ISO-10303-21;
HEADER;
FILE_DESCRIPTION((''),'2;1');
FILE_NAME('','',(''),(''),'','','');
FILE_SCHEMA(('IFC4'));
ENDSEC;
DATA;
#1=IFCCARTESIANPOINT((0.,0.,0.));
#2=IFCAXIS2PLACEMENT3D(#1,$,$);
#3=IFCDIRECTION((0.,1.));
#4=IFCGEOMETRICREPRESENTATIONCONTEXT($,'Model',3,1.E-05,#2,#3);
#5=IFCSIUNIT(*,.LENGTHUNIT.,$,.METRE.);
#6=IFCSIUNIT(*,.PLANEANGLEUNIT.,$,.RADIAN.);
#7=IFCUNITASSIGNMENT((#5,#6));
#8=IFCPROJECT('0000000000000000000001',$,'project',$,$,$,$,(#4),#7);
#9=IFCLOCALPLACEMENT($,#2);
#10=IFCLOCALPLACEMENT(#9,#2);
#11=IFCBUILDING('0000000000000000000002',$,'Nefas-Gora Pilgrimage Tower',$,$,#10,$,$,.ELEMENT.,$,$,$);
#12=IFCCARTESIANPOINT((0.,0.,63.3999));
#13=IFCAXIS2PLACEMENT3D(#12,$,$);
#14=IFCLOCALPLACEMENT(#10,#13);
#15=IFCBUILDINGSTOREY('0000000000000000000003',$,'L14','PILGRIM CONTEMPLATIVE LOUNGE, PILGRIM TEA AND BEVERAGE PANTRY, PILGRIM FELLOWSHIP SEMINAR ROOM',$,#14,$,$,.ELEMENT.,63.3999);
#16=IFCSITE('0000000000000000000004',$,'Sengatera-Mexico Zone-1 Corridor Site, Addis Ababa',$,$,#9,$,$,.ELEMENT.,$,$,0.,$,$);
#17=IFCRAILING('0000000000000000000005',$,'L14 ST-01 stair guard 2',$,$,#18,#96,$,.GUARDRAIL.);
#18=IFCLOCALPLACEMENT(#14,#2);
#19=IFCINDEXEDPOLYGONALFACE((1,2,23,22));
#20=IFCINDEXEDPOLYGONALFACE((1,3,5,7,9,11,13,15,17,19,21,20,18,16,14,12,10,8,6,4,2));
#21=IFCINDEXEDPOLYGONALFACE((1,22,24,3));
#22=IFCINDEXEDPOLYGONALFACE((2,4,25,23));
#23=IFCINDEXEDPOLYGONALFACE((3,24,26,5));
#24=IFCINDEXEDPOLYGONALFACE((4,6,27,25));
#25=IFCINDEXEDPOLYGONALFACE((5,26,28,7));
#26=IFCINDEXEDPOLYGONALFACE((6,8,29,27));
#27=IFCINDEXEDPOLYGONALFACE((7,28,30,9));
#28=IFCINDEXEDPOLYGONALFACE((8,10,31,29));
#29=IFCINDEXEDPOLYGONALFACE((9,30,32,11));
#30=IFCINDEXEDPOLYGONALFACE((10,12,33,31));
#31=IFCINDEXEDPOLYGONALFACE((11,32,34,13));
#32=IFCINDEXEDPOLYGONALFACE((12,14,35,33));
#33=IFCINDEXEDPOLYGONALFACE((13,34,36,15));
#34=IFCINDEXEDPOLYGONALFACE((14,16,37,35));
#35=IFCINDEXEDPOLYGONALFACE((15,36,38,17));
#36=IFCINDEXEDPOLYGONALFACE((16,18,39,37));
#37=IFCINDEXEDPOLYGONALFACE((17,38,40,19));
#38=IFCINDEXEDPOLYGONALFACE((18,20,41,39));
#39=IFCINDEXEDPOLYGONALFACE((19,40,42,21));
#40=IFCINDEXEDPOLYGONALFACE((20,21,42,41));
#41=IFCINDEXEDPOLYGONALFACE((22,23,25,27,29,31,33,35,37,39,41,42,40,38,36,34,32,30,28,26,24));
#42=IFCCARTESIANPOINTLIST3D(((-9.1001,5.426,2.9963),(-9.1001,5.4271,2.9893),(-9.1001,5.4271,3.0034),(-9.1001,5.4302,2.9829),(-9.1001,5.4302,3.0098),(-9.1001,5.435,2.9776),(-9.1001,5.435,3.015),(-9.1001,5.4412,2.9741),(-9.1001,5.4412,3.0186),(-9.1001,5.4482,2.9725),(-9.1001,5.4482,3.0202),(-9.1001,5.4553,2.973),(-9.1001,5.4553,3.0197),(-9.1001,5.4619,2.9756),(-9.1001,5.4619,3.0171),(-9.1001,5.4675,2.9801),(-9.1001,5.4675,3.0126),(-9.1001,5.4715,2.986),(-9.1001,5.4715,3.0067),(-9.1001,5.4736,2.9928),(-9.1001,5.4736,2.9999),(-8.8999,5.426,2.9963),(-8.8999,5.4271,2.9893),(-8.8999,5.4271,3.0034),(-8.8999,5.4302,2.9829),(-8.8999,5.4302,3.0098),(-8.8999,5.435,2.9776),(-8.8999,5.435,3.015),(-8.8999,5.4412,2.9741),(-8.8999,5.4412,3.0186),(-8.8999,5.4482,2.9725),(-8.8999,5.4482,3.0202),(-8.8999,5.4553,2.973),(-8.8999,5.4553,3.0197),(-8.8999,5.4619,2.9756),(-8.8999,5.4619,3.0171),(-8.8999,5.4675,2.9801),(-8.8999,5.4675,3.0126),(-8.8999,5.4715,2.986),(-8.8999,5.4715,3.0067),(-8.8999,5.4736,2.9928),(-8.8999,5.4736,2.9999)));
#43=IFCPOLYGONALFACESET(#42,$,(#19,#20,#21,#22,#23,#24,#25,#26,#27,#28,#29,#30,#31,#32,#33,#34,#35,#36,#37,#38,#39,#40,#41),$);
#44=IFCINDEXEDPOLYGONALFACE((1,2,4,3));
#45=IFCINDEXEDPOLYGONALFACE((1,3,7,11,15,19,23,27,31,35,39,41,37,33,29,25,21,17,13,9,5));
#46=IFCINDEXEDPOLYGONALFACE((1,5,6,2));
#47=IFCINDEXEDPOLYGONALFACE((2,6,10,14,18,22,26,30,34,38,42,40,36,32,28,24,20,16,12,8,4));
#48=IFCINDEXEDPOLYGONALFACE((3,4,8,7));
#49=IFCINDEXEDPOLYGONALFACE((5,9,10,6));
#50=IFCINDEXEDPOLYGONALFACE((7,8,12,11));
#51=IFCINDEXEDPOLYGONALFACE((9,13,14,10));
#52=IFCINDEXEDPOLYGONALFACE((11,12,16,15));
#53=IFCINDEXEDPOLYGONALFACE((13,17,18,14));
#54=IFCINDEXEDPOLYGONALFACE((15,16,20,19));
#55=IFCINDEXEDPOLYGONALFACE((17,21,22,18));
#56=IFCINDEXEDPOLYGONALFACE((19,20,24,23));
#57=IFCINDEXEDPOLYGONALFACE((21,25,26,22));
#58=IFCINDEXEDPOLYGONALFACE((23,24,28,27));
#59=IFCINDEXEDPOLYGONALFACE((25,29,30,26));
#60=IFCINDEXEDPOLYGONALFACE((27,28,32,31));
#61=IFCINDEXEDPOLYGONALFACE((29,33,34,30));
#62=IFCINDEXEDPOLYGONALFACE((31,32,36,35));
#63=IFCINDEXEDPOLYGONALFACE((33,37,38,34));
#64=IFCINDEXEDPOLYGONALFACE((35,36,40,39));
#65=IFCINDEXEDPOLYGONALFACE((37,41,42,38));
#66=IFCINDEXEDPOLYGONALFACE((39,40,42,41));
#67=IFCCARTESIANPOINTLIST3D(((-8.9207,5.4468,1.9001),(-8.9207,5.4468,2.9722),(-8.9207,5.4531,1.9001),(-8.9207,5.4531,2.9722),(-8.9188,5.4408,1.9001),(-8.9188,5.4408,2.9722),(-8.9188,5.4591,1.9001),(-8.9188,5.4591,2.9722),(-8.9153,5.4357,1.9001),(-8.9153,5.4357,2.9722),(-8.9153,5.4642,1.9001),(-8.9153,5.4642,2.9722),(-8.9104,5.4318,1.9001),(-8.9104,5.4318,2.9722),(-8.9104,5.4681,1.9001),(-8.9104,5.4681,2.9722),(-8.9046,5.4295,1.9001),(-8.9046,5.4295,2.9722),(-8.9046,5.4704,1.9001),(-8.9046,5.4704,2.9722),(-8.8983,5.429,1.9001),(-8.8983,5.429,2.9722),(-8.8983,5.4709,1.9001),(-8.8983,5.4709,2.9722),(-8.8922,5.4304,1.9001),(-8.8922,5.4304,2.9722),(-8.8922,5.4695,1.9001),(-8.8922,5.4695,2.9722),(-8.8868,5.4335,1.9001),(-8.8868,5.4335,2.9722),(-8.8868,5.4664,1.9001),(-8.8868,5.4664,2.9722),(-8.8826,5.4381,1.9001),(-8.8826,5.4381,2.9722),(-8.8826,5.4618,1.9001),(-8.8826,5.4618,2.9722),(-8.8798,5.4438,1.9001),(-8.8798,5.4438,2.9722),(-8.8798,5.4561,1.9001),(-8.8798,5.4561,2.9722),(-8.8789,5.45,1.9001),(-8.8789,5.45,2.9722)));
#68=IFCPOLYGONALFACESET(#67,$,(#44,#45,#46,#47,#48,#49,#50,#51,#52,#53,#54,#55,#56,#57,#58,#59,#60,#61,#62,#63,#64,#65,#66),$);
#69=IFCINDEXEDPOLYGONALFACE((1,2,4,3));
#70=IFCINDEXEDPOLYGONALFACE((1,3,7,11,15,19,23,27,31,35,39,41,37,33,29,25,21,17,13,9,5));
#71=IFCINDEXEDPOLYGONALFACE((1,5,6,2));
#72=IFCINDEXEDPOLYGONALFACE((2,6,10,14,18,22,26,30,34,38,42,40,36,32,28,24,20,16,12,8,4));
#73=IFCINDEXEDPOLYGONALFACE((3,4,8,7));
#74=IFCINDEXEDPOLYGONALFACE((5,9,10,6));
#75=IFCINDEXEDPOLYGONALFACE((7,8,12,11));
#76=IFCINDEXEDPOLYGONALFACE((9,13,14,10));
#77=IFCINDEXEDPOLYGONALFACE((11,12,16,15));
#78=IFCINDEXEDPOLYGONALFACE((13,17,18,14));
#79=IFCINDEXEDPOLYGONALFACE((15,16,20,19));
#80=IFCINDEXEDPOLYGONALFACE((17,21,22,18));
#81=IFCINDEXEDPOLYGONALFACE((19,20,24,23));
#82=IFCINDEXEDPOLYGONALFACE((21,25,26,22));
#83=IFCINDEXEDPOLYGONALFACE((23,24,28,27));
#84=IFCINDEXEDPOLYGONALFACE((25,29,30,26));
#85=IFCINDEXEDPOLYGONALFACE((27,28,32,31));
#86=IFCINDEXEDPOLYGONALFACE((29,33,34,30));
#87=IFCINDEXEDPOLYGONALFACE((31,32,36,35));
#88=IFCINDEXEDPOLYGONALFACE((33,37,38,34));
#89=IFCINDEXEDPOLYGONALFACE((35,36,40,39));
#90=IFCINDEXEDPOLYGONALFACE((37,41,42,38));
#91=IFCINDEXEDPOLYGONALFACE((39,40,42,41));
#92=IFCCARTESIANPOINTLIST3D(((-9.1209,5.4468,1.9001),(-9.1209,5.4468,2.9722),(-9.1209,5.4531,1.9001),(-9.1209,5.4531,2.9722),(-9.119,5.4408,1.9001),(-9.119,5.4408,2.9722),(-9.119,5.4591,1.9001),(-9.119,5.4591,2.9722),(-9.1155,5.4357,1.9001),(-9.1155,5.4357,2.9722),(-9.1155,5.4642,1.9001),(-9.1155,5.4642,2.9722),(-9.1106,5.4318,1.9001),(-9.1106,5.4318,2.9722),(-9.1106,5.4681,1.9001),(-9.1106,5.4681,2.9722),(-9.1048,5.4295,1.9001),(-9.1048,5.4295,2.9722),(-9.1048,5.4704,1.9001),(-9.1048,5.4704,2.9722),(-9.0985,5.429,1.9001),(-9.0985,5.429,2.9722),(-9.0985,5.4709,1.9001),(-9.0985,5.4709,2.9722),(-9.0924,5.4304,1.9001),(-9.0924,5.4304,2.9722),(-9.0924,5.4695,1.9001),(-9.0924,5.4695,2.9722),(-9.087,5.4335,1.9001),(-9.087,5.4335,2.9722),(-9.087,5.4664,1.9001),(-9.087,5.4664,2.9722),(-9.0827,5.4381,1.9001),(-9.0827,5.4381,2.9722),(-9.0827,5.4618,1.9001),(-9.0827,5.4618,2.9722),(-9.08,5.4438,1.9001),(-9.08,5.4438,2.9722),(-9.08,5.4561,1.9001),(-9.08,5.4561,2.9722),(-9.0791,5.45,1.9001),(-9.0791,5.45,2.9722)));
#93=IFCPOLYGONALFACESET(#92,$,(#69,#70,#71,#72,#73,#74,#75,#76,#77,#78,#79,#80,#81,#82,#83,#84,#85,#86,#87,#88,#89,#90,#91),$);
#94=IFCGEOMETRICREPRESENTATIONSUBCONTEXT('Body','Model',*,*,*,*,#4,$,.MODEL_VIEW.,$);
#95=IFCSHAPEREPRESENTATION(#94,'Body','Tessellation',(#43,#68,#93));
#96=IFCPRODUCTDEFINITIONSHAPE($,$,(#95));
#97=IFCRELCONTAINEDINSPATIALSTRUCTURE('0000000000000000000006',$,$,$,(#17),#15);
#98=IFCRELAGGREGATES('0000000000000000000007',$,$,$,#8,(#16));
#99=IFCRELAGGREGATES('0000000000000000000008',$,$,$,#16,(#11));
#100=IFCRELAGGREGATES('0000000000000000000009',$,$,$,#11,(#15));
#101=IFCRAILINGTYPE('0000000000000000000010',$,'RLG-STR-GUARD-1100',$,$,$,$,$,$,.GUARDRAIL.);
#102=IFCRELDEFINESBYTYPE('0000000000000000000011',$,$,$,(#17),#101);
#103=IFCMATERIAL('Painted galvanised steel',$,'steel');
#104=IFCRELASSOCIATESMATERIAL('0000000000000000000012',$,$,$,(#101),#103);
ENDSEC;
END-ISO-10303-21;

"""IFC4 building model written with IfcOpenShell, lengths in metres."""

from ifc_helpers import new_model, si_unit, direction, frame, origin, origin_2d, place, context, subcontext, project, spatial, circle, extrude, material, type_object, element, save


model = new_model("IFC4")

# Units and contexts
model_context = context("Model", 3, precision=1e-05, world=origin(), true_north=direction((0.0, 1.0)))
body_context = subcontext(model_context, "Body", "Model", "MODEL_VIEW")
ifc_project = project(units=[si_unit("LENGTHUNIT", "METRE"), si_unit("PLANEANGLEUNIT", "RADIAN")], contexts=[model_context])

# Site, building, storey
site_placement = place(None, origin())
site = spatial("IfcSite", under=ifc_project, at=site_placement, Name="Sengatera-Mexico Zone-1 Corridor Site, Addis Ababa", CompositionType="ELEMENT", RefElevation=0.0)
building_placement = place(site_placement, origin())
building = spatial("IfcBuilding", under=site, at=building_placement, Name="Nefas-Gora Pilgrimage Tower", CompositionType="ELEMENT")
storey_placement = place(building_placement, frame((0.0, 0.0, 63.3999)))
storey = spatial("IfcBuildingStorey", under=building, at=storey_placement, Name="L14", Description="PILGRIM CONTEMPLATIVE LOUNGE, PILGRIM TEA AND BEVERAGE PANTRY, PILGRIM FELLOWSHIP SEMINAR ROOM", CompositionType="ELEMENT", Elevation=63.3999)

# Railing
ifc_material_1 = material(Name="Painted galvanised steel", Category="steel")
railing_type_1 = type_object("IfcRailingType", Name="RLG-STR-GUARD-1100", PredefinedType="GUARDRAIL", material=ifc_material_1)
railing_1_placement = place(storey_placement, frame((-8.8999, 5.45, 1.9001)))
element("IfcRailing", 1, at=railing_1_placement, inside=storey, type_object=railing_type_1, Name="L14 ST-01 stair guard 2", PredefinedType="GUARDRAIL", context=body_context, shape_type="SweptSolid", body=[
    extrude(circle(Radius=0.0239, at=origin_2d()), frame((0.0, 0.0, 1.0962), z_axis=(-1.0, 0.0, 0.0), x_axis=(0.0, -1.0, 0.0)), (0.0, 0.0, 1.0), 0.2002),
    extrude(circle(Radius=0.021, at=origin_2d()), origin(), (0.0, 0.0, 1.0), 1.072),
    extrude(circle(Radius=0.021, at=origin_2d()), frame((-0.2002, 0.0, 0.0)), (0.0, 0.0, 1.0), 1.072),
])

save(model, "model.ifc")
